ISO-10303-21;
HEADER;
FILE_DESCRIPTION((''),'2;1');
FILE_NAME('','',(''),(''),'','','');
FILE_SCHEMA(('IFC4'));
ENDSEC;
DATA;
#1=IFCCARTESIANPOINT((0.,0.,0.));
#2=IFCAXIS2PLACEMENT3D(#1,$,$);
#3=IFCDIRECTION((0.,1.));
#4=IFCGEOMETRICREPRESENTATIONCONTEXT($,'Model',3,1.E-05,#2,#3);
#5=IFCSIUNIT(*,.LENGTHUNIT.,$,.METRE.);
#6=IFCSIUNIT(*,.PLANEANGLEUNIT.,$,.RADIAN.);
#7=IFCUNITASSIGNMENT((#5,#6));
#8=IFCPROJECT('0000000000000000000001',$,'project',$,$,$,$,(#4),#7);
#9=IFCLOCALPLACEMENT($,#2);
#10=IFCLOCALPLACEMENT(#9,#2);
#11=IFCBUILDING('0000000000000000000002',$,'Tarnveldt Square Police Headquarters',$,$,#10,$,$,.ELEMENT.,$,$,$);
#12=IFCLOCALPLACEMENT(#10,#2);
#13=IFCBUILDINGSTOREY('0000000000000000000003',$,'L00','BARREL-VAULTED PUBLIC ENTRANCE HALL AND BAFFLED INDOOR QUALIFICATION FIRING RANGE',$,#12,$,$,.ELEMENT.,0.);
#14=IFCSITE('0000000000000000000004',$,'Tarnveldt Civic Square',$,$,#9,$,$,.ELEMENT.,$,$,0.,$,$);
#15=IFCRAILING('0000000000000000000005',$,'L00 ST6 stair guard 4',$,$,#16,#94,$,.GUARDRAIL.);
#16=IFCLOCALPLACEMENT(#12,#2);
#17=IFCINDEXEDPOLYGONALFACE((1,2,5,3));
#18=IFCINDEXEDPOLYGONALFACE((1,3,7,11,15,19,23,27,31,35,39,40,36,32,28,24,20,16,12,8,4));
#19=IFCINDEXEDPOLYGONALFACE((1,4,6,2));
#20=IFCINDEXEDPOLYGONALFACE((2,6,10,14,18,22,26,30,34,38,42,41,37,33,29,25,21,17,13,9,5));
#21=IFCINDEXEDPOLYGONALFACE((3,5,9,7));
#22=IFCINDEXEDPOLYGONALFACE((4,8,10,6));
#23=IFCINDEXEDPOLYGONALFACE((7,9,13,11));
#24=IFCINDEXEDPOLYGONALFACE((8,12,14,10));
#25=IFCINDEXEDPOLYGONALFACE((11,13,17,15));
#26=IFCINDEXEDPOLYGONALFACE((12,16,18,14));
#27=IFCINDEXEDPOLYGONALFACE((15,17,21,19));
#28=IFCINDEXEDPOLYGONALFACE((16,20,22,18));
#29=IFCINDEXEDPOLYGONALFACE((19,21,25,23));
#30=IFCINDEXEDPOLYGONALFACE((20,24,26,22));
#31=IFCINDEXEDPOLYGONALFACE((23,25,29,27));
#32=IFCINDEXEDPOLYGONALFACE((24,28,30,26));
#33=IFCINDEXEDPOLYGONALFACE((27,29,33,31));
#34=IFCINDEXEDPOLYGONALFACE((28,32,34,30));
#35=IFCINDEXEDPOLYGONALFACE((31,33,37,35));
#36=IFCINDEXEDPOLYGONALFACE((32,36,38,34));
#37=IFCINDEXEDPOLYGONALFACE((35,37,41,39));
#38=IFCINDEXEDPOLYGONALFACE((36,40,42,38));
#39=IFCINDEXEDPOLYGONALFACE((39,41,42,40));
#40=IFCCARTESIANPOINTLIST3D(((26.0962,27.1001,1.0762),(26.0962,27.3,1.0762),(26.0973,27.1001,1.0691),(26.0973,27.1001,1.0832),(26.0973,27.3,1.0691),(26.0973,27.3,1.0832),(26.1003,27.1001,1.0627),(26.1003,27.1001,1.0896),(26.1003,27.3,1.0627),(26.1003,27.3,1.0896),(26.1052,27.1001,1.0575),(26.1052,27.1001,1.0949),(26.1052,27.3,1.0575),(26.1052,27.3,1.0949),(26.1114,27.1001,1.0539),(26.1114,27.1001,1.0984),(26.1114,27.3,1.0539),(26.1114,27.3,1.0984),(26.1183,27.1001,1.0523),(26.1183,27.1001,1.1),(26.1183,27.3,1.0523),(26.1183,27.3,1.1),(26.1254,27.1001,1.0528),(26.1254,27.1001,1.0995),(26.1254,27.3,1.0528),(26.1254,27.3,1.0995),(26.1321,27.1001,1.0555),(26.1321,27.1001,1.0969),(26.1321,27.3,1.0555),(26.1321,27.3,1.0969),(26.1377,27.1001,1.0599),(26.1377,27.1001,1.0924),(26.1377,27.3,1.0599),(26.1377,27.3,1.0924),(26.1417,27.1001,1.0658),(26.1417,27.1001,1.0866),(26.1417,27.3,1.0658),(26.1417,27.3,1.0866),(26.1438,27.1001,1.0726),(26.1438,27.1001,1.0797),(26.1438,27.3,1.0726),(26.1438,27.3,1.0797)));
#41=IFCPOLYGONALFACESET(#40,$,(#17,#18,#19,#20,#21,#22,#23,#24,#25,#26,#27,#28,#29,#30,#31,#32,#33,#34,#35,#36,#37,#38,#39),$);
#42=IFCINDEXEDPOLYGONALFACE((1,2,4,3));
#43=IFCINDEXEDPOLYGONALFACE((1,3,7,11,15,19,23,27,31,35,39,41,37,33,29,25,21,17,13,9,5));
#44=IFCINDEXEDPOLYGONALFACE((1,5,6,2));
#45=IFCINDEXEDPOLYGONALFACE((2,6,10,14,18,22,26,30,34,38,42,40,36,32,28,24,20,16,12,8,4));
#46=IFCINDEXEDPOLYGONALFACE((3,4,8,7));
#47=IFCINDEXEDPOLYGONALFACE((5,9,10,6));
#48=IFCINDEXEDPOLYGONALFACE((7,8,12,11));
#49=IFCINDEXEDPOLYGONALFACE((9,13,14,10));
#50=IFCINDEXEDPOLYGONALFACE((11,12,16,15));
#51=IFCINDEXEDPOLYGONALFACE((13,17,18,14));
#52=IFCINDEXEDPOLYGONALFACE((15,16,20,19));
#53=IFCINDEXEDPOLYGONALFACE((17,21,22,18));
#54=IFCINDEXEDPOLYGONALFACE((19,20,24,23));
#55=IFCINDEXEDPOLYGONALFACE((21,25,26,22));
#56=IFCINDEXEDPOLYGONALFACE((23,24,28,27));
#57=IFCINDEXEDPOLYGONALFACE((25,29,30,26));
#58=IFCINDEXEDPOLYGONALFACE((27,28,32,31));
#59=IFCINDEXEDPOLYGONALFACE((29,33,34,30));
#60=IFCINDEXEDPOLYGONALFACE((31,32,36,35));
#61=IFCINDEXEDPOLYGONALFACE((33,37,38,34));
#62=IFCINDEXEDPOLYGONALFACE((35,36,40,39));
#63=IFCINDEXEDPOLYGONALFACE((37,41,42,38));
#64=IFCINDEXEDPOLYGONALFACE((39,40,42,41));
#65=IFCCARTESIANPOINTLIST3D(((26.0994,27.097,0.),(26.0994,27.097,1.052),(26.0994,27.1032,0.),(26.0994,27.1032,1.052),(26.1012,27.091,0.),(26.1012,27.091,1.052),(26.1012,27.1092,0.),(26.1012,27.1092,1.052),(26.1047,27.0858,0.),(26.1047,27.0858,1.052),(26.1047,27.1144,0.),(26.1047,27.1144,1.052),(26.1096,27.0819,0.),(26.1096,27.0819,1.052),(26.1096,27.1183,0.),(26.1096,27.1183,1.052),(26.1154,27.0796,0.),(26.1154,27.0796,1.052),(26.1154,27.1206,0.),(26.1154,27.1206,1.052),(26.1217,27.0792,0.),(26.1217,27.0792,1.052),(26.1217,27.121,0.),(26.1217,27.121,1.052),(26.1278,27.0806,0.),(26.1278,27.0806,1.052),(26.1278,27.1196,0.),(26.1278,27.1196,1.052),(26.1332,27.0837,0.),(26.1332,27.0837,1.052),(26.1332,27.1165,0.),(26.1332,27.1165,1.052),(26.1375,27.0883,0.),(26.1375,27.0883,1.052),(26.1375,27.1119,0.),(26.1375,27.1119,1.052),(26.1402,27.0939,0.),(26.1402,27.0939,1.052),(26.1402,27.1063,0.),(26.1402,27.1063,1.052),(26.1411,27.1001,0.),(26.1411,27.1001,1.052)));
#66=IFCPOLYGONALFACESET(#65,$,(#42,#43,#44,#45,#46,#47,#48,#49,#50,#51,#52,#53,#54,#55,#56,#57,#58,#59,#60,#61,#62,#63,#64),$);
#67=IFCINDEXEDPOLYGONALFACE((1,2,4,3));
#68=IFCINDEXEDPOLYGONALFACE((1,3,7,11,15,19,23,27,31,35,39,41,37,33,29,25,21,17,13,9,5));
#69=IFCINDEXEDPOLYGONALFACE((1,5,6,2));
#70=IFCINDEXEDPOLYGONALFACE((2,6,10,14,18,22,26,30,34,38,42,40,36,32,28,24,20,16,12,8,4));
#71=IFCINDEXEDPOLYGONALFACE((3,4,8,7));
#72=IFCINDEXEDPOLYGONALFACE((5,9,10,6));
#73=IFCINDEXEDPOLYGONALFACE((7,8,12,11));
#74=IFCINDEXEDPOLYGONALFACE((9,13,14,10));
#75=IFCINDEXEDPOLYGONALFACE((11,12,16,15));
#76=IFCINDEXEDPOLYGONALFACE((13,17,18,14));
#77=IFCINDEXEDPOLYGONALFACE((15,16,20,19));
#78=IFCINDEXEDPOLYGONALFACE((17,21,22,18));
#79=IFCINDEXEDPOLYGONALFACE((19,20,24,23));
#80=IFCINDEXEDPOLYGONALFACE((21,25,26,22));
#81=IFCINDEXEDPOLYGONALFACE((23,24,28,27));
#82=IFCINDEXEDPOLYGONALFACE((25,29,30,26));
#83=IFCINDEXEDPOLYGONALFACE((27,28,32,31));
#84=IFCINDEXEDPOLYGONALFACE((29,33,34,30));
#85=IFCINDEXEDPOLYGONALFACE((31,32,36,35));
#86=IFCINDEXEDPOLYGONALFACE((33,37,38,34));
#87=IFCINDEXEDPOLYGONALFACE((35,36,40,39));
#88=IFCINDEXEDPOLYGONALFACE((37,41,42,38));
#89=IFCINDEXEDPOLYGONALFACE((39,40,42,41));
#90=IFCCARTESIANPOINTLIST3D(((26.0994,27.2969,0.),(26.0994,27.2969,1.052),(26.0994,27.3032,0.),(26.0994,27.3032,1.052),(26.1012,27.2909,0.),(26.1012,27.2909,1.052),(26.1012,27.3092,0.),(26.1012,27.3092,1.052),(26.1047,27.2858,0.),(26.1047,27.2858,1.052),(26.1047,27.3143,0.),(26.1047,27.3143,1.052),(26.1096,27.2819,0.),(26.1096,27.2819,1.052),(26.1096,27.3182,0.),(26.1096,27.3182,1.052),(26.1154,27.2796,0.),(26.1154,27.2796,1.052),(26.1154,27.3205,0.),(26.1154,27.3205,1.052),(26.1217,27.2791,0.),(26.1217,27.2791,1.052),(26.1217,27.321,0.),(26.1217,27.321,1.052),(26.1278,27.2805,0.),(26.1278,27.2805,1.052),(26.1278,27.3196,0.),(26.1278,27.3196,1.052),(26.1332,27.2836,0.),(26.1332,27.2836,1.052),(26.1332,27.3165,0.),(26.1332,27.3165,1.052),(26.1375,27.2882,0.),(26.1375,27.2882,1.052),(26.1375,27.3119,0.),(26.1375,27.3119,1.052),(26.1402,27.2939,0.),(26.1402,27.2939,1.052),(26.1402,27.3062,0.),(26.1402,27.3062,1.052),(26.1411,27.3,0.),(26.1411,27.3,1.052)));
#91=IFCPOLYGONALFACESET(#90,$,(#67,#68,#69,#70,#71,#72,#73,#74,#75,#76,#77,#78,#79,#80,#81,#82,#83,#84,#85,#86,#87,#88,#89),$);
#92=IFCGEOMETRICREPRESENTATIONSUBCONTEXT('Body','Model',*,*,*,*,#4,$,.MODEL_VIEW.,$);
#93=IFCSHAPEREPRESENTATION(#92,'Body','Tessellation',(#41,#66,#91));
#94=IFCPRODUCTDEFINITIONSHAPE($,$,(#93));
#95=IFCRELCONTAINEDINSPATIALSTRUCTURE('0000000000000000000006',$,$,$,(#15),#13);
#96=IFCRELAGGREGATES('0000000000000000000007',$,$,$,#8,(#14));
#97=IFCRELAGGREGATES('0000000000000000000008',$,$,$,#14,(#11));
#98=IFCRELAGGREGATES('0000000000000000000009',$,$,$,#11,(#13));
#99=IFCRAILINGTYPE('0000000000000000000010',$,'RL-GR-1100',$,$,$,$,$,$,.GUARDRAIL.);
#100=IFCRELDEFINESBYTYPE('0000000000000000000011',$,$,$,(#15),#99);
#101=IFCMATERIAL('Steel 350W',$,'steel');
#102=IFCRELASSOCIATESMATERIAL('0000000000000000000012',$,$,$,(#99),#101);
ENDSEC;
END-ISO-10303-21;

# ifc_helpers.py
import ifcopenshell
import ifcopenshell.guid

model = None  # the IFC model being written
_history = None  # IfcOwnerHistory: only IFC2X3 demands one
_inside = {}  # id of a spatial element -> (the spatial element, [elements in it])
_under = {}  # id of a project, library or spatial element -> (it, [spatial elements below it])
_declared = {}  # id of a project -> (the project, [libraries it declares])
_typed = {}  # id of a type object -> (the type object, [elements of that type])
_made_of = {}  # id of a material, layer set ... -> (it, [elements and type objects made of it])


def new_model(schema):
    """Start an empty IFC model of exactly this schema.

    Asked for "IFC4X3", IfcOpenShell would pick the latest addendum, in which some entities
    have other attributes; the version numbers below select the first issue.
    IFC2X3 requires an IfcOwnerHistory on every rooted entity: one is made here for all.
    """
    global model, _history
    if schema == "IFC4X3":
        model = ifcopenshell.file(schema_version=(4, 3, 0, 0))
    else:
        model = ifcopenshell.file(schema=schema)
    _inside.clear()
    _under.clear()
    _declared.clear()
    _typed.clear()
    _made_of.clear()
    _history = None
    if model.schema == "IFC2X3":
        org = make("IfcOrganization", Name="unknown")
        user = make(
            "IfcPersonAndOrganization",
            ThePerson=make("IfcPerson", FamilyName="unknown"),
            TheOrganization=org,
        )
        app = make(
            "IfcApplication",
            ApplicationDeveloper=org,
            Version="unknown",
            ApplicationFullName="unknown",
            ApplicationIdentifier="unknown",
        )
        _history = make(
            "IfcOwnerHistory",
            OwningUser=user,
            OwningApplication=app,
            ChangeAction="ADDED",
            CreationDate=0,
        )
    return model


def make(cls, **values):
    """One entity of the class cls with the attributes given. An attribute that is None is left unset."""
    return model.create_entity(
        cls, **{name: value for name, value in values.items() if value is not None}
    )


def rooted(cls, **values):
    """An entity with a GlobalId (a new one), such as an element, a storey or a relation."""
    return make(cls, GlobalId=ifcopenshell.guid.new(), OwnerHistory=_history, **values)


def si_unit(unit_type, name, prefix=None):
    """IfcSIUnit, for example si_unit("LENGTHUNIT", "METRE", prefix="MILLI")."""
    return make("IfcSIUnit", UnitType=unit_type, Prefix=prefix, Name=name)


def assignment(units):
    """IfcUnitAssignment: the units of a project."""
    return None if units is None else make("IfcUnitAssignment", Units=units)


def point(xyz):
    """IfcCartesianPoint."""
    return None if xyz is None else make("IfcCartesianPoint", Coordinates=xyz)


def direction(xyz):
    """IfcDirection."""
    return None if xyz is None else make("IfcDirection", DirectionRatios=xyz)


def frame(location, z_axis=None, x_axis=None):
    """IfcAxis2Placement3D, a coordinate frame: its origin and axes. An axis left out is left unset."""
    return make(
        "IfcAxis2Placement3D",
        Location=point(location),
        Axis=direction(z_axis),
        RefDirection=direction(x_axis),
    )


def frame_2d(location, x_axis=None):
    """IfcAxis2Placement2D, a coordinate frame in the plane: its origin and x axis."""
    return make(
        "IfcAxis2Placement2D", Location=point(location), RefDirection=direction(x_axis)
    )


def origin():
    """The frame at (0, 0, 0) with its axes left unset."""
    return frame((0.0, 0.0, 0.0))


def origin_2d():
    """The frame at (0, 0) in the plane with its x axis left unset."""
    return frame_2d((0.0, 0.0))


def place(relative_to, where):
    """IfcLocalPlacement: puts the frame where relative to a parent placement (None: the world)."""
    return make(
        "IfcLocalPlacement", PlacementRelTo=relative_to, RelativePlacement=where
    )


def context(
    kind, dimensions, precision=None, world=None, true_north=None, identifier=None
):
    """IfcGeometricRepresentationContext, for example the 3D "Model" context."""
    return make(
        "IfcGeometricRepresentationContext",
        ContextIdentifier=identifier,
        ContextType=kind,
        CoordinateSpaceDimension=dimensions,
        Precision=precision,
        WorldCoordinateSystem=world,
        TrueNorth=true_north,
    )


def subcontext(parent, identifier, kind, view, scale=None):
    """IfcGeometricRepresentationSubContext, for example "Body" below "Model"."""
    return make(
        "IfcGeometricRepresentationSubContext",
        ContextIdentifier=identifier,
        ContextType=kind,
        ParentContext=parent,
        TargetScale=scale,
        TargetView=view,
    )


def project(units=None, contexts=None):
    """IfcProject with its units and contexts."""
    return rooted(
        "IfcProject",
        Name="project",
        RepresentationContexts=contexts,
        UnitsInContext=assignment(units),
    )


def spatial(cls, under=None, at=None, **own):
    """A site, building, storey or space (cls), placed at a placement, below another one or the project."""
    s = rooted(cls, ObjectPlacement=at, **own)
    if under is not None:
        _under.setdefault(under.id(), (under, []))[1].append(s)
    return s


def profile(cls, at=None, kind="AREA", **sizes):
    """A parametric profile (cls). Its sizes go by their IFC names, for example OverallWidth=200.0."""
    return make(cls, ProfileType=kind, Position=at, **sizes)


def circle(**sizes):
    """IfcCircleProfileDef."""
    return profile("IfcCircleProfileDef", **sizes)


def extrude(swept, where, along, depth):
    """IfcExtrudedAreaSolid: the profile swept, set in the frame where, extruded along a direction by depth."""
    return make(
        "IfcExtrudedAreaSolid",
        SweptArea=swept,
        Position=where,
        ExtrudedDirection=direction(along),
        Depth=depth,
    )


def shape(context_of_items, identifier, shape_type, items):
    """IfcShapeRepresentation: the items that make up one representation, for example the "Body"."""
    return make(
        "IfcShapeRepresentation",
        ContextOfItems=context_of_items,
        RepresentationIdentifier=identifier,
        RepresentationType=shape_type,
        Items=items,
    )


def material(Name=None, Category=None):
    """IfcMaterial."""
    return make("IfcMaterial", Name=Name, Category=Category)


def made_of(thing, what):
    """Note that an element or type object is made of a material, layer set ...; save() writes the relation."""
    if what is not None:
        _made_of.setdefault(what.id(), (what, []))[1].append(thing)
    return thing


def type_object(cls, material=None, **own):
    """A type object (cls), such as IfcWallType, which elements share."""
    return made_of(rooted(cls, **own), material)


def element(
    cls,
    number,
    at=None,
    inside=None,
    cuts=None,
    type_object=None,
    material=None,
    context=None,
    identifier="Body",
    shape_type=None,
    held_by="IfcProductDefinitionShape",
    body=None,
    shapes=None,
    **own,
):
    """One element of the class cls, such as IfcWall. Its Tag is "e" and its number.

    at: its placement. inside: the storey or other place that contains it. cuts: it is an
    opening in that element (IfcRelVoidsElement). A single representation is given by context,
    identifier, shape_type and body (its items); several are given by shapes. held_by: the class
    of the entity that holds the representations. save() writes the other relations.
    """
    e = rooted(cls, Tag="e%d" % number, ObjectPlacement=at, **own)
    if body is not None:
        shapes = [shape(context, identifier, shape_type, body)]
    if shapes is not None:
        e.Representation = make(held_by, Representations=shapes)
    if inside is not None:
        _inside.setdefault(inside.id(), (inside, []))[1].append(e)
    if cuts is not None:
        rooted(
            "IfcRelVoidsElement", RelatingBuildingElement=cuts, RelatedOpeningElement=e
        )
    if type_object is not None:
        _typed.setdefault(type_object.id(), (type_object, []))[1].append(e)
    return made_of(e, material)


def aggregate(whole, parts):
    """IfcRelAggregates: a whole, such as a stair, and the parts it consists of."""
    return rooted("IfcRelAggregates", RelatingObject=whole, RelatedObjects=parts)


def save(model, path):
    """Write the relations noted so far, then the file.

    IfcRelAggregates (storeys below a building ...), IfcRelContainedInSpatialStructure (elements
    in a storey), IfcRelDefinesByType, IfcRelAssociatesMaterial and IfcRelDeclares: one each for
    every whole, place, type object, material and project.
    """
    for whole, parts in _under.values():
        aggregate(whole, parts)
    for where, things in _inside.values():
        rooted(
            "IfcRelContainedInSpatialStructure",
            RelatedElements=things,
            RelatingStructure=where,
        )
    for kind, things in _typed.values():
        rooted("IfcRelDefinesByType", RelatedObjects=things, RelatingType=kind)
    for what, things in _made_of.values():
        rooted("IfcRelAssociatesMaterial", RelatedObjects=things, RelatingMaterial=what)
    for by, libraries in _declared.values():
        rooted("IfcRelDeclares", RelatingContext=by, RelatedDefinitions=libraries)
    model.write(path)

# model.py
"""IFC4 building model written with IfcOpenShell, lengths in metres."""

from ifc_helpers import new_model, si_unit, direction, frame, origin, origin_2d, place, context, subcontext, project, spatial, circle, extrude, material, type_object, element, save


model = new_model("IFC4")

# Units and contexts
model_context = context("Model", 3, precision=1e-05, world=origin(), true_north=direction((0.0, 1.0)))
body_context = subcontext(model_context, "Body", "Model", "MODEL_VIEW")
ifc_project = project(units=[si_unit("LENGTHUNIT", "METRE"), si_unit("PLANEANGLEUNIT", "RADIAN")], contexts=[model_context])

# Site, building, storey
site_placement = place(None, origin())
site = spatial("IfcSite", under=ifc_project, at=site_placement, Name="Tarnveldt Civic Square", CompositionType="ELEMENT", RefElevation=0.0)
building_placement = place(site_placement, origin())
building = spatial("IfcBuilding", under=site, at=building_placement, Name="Tarnveldt Square Police Headquarters", CompositionType="ELEMENT")
storey_placement = place(building_placement, origin())
storey = spatial("IfcBuildingStorey", under=building, at=storey_placement, Name="L00", Description="BARREL-VAULTED PUBLIC ENTRANCE HALL AND BAFFLED INDOOR QUALIFICATION FIRING RANGE", CompositionType="ELEMENT", Elevation=0.0)

# Shared definitions
ifc_material_1 = material(Name="Steel 350W", Category="steel")

# Railing
railing_type_1 = type_object("IfcRailingType", Name="RL-GR-1100", PredefinedType="GUARDRAIL", material=ifc_material_1)
railing_1_placement = place(storey_placement, frame((26.1201, 27.1001, 0.0)))
element("IfcRailing", 1, at=railing_1_placement, inside=storey, type_object=railing_type_1, Name="L00 ST6 stair guard 4", PredefinedType="GUARDRAIL", context=body_context, shape_type="SweptSolid", body=[
    extrude(circle(Radius=0.0239, at=origin_2d()), frame((0.0, 0.0, 1.0762), z_axis=(0.0, 1.0, 0.0), x_axis=(-1.0, 0.0, 0.0)), (0.0, 0.0, 1.0), 0.2),
    extrude(circle(Radius=0.021, at=origin_2d()), origin(), (0.0, 0.0, 1.0), 1.052),
    extrude(circle(Radius=0.021, at=origin_2d()), frame((0.0, 0.2, 0.0)), (0.0, 0.0, 1.0), 1.052),
])

save(model, "model.ifc")
